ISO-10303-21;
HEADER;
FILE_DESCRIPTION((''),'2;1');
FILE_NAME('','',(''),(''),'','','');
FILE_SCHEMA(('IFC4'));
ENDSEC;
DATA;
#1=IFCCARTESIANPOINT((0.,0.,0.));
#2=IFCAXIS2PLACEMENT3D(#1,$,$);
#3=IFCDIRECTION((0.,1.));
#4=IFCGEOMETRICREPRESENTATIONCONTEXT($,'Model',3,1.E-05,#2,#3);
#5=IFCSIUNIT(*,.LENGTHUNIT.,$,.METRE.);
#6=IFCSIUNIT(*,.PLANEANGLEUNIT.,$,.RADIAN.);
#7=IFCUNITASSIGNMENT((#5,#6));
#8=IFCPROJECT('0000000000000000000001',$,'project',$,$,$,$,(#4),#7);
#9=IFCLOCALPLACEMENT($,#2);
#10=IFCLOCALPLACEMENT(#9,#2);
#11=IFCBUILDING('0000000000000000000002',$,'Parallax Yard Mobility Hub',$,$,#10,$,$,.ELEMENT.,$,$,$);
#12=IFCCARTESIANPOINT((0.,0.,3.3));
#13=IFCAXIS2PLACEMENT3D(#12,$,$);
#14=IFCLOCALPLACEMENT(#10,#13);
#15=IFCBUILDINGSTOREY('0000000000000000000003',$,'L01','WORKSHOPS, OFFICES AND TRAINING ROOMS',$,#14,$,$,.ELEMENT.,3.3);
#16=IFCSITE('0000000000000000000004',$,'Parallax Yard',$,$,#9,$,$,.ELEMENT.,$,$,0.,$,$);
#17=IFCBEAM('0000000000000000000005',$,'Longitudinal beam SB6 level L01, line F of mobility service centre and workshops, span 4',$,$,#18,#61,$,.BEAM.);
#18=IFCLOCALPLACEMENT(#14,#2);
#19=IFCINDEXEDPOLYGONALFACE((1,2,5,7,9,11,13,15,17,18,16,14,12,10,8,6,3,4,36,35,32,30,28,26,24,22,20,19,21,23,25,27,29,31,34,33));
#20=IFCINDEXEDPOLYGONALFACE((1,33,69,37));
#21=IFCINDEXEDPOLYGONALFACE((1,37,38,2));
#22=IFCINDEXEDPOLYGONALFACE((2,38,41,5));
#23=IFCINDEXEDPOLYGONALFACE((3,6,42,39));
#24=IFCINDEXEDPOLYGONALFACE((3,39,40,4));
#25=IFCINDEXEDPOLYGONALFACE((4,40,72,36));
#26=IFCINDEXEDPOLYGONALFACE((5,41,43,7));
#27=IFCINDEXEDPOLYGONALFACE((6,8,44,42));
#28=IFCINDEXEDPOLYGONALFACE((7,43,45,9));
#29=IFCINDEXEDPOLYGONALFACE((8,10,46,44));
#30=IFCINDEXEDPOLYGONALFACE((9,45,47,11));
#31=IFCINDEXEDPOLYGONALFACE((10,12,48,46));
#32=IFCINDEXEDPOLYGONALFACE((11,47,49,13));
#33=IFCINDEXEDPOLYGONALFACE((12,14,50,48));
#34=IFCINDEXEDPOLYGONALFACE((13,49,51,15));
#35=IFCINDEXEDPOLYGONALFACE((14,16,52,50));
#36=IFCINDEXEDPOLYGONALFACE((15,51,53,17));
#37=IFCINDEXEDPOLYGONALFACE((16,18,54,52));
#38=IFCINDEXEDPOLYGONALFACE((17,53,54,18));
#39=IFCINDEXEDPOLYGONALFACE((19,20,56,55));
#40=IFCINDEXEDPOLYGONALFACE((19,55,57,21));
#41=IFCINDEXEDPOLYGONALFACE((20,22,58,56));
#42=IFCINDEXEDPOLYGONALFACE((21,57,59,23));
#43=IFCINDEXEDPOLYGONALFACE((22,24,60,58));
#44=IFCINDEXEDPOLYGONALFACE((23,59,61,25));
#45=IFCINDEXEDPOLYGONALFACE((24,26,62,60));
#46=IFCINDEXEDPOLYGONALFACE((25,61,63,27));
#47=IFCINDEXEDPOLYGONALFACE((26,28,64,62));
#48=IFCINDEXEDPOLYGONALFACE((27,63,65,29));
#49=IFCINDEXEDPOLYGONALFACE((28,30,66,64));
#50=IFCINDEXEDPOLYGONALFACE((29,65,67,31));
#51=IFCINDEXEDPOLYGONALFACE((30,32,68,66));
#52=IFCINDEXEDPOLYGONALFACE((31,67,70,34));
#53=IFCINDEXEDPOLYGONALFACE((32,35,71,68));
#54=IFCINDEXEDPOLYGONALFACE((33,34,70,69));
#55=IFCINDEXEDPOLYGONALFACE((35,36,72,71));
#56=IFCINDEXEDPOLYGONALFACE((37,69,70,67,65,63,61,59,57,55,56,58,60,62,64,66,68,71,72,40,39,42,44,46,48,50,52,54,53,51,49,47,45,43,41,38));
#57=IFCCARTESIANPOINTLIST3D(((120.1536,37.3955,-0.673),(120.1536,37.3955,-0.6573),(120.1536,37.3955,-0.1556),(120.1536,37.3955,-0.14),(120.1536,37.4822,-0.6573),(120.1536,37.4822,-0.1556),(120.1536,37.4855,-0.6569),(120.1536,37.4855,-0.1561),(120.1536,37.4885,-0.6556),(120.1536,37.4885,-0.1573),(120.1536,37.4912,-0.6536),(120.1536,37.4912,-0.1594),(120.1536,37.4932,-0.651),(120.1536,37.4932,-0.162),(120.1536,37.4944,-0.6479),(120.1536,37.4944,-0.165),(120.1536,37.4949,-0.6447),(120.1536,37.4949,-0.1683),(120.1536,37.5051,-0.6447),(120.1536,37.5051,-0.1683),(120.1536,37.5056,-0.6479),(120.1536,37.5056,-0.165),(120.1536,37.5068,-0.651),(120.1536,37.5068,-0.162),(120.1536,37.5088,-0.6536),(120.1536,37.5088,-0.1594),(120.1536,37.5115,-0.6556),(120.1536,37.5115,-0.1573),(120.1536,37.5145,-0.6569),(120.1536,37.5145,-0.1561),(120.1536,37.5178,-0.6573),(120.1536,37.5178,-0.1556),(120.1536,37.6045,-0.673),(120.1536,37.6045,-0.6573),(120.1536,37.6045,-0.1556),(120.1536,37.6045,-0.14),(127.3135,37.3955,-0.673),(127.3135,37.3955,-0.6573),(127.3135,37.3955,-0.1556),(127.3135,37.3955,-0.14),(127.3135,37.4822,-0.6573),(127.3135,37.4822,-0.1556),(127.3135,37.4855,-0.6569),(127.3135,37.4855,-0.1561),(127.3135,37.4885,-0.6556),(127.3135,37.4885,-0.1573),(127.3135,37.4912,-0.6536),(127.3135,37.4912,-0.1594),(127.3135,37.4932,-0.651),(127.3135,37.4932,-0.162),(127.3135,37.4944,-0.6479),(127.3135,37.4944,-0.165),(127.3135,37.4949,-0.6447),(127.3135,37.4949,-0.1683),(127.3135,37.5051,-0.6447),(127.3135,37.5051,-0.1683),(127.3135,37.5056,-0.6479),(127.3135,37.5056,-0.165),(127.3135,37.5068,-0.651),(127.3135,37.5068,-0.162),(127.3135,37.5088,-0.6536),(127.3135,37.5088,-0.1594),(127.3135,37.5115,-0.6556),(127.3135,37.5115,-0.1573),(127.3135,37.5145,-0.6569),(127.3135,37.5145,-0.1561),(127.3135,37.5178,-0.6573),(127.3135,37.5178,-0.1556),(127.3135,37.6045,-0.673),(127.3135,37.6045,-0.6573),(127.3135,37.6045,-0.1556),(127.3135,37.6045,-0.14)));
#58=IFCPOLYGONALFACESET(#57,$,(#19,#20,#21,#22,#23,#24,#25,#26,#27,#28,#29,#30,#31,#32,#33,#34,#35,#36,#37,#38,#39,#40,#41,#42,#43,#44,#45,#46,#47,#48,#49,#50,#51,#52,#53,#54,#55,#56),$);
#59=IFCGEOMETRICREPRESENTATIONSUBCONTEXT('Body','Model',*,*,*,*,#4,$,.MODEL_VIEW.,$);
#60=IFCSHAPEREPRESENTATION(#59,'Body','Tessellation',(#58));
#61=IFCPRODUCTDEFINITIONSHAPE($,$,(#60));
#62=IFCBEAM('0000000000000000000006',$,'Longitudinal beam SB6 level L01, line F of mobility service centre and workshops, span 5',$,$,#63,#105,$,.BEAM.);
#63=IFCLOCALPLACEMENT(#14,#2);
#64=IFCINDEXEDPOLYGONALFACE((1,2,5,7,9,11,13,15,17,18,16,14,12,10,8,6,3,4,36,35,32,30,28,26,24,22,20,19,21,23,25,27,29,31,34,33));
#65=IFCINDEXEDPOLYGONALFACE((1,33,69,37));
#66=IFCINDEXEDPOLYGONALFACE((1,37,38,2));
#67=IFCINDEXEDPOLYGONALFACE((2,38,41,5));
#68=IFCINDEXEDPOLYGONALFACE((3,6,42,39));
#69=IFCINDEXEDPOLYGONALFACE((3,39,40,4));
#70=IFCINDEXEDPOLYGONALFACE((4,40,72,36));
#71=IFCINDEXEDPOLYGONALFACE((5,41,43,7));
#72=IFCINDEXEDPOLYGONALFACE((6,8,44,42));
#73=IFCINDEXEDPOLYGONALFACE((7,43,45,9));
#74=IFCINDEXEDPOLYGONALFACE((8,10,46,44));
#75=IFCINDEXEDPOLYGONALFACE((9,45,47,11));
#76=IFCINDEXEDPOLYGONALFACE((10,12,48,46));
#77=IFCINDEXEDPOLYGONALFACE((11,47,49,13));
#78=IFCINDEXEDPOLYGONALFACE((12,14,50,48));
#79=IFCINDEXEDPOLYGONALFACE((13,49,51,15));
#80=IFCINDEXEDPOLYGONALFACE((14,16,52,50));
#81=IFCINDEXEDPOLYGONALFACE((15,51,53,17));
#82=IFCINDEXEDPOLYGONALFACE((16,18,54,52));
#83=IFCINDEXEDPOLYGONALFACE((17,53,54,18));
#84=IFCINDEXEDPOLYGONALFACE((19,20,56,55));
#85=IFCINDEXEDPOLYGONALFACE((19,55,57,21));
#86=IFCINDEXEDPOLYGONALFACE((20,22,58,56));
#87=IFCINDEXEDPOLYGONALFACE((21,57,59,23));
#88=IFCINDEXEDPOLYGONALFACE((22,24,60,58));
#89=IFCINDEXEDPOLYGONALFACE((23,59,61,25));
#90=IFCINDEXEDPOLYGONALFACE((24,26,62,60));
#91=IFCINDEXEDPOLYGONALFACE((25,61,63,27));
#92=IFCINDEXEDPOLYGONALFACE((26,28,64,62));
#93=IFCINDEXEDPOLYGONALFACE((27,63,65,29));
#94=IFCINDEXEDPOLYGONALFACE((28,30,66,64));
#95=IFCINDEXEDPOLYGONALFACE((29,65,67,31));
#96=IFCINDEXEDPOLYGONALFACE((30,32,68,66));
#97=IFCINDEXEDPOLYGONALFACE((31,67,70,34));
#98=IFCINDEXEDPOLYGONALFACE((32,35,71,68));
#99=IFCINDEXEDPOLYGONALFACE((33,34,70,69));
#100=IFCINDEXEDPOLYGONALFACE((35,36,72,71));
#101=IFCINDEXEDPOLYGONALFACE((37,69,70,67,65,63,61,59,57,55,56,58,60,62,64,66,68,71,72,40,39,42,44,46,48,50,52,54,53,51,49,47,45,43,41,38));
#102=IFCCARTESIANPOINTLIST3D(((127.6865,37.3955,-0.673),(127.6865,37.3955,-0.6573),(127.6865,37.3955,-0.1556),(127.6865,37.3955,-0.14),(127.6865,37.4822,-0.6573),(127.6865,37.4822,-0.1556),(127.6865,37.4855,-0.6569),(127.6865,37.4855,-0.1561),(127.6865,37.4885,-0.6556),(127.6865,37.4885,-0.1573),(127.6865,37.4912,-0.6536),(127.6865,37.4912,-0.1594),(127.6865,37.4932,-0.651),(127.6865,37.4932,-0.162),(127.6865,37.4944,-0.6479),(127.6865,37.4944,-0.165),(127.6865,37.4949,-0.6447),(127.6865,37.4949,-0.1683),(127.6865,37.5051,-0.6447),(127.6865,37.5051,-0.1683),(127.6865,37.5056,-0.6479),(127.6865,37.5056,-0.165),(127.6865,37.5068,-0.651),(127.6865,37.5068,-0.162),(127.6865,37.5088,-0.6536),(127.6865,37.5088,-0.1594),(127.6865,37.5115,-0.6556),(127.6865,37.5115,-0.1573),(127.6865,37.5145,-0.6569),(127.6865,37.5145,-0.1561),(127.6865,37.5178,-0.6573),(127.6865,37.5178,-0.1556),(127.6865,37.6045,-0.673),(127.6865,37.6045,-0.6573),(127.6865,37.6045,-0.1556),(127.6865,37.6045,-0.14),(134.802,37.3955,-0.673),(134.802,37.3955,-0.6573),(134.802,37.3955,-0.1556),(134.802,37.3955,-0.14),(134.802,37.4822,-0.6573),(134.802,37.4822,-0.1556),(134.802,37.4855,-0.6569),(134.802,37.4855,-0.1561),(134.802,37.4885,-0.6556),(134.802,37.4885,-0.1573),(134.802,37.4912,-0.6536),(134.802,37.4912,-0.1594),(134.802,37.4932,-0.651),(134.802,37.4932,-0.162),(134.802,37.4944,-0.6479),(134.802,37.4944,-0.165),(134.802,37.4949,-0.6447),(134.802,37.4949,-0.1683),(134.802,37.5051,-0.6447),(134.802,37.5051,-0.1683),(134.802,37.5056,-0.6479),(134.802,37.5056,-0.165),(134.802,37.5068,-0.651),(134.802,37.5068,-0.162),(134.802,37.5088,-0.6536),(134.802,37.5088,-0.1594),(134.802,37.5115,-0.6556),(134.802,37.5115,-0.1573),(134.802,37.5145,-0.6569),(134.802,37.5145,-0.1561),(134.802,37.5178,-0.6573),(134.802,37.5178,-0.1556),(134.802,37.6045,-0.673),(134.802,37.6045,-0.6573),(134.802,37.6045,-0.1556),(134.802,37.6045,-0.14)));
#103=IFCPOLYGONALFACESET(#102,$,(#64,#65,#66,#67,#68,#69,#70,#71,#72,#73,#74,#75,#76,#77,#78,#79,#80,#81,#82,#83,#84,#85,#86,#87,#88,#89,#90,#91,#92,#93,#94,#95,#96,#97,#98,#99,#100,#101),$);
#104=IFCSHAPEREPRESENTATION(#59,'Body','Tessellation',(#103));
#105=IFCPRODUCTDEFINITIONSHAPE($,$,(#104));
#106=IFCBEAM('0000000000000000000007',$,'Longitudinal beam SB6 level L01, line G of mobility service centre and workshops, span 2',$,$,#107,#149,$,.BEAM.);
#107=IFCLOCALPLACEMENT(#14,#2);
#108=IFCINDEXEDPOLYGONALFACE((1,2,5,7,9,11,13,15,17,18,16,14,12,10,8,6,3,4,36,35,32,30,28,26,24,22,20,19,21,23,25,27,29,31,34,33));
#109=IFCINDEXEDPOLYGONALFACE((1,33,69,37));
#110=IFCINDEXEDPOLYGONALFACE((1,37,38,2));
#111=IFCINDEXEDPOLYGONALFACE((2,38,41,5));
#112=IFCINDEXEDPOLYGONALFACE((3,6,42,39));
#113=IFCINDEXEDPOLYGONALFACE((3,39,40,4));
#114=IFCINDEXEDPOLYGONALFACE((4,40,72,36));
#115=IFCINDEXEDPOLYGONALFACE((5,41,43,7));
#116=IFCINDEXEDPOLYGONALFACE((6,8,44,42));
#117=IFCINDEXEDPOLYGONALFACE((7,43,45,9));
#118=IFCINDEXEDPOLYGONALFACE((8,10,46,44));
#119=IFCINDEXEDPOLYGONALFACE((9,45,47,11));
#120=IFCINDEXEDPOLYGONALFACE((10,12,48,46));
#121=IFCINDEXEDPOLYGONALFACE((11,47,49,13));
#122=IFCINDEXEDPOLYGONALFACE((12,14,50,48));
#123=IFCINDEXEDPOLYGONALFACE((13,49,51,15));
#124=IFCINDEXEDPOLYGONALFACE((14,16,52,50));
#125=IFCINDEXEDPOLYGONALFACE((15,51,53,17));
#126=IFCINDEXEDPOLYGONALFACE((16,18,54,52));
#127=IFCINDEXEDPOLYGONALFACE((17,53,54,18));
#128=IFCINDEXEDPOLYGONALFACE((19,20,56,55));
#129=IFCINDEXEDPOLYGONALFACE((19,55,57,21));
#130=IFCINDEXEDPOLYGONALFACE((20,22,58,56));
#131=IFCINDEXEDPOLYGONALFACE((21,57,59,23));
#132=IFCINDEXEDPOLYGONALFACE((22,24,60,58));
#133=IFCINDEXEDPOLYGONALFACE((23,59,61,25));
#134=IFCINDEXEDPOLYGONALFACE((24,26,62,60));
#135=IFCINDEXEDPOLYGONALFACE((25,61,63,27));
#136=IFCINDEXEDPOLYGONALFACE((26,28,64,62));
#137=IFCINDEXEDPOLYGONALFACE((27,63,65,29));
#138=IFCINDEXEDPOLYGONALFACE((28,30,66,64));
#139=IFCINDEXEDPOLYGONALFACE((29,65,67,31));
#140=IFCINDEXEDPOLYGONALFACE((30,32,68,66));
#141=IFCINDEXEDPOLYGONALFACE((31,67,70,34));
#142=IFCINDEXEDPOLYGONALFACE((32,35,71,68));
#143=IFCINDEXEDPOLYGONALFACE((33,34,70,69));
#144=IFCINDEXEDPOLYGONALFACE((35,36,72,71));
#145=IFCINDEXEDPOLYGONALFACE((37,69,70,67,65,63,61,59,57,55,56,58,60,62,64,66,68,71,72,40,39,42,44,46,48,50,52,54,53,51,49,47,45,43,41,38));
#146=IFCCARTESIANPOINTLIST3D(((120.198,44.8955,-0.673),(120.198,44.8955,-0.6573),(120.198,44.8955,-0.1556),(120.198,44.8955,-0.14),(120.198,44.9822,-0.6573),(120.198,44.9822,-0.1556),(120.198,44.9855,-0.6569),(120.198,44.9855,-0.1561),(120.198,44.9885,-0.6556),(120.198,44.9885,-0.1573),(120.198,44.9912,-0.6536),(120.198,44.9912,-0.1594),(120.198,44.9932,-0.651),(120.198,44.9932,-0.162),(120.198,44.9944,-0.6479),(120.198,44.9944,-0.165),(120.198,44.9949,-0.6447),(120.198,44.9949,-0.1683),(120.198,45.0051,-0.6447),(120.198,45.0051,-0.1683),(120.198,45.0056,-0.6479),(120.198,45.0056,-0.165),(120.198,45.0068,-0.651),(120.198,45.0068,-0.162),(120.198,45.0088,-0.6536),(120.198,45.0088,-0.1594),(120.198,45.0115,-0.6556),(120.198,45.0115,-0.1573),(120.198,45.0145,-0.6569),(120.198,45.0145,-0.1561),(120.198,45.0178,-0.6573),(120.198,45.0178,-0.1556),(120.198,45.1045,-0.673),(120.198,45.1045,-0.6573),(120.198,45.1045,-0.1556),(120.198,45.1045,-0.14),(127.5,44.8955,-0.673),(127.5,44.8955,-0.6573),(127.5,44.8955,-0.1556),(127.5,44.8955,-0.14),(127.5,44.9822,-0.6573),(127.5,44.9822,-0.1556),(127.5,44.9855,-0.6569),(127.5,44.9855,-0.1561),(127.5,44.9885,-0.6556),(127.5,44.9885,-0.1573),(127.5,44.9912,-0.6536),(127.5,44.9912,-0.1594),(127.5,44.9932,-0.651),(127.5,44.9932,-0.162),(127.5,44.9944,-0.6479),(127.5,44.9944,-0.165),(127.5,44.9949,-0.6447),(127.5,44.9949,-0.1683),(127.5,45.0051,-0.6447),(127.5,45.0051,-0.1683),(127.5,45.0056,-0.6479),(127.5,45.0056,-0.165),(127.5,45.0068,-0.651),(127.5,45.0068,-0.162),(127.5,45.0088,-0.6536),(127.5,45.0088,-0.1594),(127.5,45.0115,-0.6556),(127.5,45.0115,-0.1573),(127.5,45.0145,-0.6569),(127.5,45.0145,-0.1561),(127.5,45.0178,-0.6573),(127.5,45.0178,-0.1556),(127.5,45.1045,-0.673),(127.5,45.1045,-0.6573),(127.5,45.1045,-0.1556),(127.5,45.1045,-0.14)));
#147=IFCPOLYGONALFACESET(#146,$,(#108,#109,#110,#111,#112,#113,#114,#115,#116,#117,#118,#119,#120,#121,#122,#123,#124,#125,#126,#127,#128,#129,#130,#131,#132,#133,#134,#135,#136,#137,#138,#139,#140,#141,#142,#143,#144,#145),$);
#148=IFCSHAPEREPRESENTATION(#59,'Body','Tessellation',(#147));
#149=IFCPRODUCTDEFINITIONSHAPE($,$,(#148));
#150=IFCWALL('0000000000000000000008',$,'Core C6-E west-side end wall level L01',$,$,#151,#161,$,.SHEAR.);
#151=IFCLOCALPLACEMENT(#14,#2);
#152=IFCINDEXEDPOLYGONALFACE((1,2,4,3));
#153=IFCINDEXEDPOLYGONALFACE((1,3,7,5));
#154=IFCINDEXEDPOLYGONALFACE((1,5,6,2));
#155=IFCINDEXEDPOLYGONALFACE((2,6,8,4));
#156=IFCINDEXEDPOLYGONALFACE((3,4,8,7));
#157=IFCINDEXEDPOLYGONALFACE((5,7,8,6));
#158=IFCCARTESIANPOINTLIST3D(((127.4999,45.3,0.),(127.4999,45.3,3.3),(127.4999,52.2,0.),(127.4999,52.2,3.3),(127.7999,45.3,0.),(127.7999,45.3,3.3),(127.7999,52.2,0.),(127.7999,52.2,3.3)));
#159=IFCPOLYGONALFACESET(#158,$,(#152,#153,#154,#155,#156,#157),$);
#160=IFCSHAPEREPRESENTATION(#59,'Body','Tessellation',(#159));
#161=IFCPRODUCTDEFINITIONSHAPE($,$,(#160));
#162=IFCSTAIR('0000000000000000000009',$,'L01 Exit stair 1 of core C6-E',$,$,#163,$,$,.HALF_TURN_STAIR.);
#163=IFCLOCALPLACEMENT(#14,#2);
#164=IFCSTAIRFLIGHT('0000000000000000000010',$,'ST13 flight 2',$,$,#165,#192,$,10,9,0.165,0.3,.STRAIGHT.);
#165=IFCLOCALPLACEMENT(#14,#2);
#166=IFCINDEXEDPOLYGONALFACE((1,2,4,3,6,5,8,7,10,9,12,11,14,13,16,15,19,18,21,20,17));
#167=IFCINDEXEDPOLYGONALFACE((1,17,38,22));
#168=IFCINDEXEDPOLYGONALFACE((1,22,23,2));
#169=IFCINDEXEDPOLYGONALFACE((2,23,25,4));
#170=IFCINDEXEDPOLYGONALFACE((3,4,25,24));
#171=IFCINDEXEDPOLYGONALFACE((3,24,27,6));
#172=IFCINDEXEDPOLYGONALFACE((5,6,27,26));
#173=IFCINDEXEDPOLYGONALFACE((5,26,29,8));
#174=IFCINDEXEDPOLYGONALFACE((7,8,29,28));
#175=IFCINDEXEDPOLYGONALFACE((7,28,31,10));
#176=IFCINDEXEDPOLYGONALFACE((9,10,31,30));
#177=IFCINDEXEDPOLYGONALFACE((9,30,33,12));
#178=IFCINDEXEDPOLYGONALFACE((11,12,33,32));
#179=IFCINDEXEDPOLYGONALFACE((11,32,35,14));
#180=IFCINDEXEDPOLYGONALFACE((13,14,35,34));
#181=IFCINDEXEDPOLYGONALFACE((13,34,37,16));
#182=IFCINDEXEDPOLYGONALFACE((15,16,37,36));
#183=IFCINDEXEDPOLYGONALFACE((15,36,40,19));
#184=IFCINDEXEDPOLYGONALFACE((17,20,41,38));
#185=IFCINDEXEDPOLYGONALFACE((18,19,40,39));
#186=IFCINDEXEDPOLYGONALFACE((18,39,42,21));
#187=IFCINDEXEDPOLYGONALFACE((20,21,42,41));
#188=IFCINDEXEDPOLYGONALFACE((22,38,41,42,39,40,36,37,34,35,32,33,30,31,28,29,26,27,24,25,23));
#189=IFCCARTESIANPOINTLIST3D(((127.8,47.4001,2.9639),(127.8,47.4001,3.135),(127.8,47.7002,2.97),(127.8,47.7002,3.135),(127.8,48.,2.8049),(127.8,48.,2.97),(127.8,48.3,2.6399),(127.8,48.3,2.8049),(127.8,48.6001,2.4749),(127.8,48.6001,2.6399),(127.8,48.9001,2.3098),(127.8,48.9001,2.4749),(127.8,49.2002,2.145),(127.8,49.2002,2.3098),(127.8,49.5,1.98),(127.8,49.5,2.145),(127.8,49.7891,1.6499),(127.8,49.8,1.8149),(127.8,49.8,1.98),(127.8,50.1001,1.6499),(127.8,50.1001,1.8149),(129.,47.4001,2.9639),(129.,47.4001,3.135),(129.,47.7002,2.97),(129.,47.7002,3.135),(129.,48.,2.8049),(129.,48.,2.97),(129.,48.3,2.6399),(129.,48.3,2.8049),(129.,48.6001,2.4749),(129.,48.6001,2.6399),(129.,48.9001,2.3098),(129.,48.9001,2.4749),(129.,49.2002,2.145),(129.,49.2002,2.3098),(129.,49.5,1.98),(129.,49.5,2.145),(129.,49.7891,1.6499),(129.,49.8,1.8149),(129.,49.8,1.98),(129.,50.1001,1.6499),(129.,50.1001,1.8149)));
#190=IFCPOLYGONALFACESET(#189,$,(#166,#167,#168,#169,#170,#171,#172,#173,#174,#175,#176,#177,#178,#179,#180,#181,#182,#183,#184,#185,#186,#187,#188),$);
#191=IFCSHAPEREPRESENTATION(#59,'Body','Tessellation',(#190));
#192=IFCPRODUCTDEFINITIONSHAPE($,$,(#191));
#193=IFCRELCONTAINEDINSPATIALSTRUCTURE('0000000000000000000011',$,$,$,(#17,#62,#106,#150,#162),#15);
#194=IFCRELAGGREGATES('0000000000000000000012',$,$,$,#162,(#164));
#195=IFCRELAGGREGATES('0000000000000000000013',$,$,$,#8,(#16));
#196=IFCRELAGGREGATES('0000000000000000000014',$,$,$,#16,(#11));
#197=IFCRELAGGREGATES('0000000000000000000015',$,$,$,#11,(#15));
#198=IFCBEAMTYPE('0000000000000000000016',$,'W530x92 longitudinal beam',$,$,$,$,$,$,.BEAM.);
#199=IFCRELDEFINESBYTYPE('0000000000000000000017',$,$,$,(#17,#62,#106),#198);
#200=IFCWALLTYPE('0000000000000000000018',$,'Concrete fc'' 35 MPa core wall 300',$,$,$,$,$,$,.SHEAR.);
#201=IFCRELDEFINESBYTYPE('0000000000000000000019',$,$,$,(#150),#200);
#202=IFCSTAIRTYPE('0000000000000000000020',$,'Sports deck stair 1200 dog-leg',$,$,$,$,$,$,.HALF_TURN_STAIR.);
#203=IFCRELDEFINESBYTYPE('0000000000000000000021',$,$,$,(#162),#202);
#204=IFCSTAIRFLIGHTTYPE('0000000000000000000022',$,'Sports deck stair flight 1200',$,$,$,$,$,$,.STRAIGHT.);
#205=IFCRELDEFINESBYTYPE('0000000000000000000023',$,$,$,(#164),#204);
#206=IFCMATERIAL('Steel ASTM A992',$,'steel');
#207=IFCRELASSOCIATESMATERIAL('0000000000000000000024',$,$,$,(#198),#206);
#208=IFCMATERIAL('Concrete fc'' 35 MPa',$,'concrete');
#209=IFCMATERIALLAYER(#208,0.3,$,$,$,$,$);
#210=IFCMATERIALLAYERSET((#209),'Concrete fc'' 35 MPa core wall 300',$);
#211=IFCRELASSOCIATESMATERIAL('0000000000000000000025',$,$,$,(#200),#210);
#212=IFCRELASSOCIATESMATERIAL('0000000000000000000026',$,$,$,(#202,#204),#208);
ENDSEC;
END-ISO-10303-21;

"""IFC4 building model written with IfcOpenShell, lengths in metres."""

from ifc_helpers import new_model, si_unit, direction, frame, frame_2d, origin, origin_2d, place, context, subcontext, project, spatial, polyline, rectangle, i_section, outline, extrude, material, layer, layer_set, material_profile, profile_set, type_object, element, aggregate, save


model = new_model("IFC4")

# Units and contexts
model_context = context("Model", 3, precision=1e-05, world=origin(), true_north=direction((0.0, 1.0)))
body_context = subcontext(model_context, "Body", "Model", "MODEL_VIEW")
ifc_project = project(units=[si_unit("LENGTHUNIT", "METRE"), si_unit("PLANEANGLEUNIT", "RADIAN")], contexts=[model_context])

# Site, building, storey
site_placement = place(None, origin())
site = spatial("IfcSite", under=ifc_project, at=site_placement, Name="Parallax Yard", CompositionType="ELEMENT", RefElevation=0.0)
building_placement = place(site_placement, origin())
building = spatial("IfcBuilding", under=site, at=building_placement, Name="Parallax Yard Mobility Hub", CompositionType="ELEMENT")
storey_placement = place(building_placement, frame((0.0, 0.0, 3.3)))
storey = spatial("IfcBuildingStorey", under=building, at=storey_placement, Name="L01", Description="WORKSHOPS, OFFICES AND TRAINING ROOMS", CompositionType="ELEMENT", Elevation=3.3)

# Shared definitions
ifc_material_1 = material(Name="Steel ASTM A992", Category="steel")

# Beams
ifc_material_profile_1 = material_profile(ifc_material_1, i_section(OverallWidth=0.209, OverallDepth=0.533, WebThickness=0.0103, FlangeThickness=0.0156, FilletRadius=0.0127, at=origin_2d()), Name="W530x92")
ifc_profile_set_1 = profile_set([ifc_material_profile_1], Name="Steel ASTM A992")
beam_type_1 = type_object("IfcBeamType", Name="W530x92 longitudinal beam", PredefinedType="BEAM", material=ifc_profile_set_1)
beam_1_placement = place(storey_placement, frame((120.1536, 37.5, -0.4065), z_axis=(1.0, 0.0, 0.0), x_axis=(0.0, 1.0, 0.0)))
element("IfcBeam", 1, at=beam_1_placement, inside=storey, type_object=beam_type_1, Name="Longitudinal beam SB6 level L01, line F of mobility service centre and workshops, span 4", PredefinedType="BEAM", context=body_context, shape_type="SweptSolid", body=[
    extrude(i_section(OverallWidth=0.209, OverallDepth=0.533, WebThickness=0.0103, FlangeThickness=0.0156, FilletRadius=0.0127, at=origin_2d()), origin(), (0.0, 0.0, 1.0), 7.1599),
])
beam_2_placement = place(storey_placement, frame((127.6865, 37.5, -0.4065), z_axis=(1.0, 0.0, 0.0), x_axis=(0.0, 1.0, 0.0)))
element("IfcBeam", 2, at=beam_2_placement, inside=storey, type_object=beam_type_1, Name="Longitudinal beam SB6 level L01, line F of mobility service centre and workshops, span 5", PredefinedType="BEAM", context=body_context, shape_type="SweptSolid", body=[
    extrude(i_section(OverallWidth=0.209, OverallDepth=0.533, WebThickness=0.0103, FlangeThickness=0.0156, FilletRadius=0.0127, at=origin_2d()), origin(), (0.0, 0.0, 1.0), 7.1155),
])
beam_3_placement = place(storey_placement, frame((120.198, 45.0, -0.4065), z_axis=(1.0, 0.0, 0.0), x_axis=(0.0, 1.0, 0.0)))
element("IfcBeam", 3, at=beam_3_placement, inside=storey, type_object=beam_type_1, Name="Longitudinal beam SB6 level L01, line G of mobility service centre and workshops, span 2", PredefinedType="BEAM", context=body_context, shape_type="SweptSolid", body=[
    extrude(i_section(OverallWidth=0.209, OverallDepth=0.533, WebThickness=0.0103, FlangeThickness=0.0156, FilletRadius=0.0127, at=origin_2d()), origin(), (0.0, 0.0, 1.0), 7.302),
])

# Wall
ifc_material_2 = material(Name="Concrete fc' 35 MPa", Category="concrete")
ifc_layer = layer(ifc_material_2, 0.3)
ifc_layer_set = layer_set([ifc_layer], Name="Concrete fc' 35 MPa core wall 300")
wall_type = type_object("IfcWallType", Name="Concrete fc' 35 MPa core wall 300", PredefinedType="SHEAR", material=ifc_layer_set)
wall_placement = place(storey_placement, frame((127.6499, 45.3, 0.0), z_axis=(0.0, 0.0, 1.0), x_axis=(0.0, 1.0, 0.0)))
element("IfcWall", 4, at=wall_placement, inside=storey, type_object=wall_type, Name="Core C6-E west-side end wall level L01", PredefinedType="SHEAR", context=body_context, shape_type="SweptSolid", body=[
    extrude(rectangle(XDim=6.8999, YDim=0.3, at=frame_2d((3.45, 0.0))), origin(), (0.0, 0.0, 1.0), 3.3),
])

# Stair, stair flight
stair_type = type_object("IfcStairType", Name="Sports deck stair 1200 dog-leg", PredefinedType="HALF_TURN_STAIR", material=ifc_material_2)
stair_placement = place(storey_placement, origin())
stair = element("IfcStair", 5, at=stair_placement, inside=storey, type_object=stair_type, Name="L01 Exit stair 1 of core C6-E", PredefinedType="HALF_TURN_STAIR")
stair_flight_type = type_object("IfcStairFlightType", Name="Sports deck stair flight 1200", PredefinedType="STRAIGHT", material=ifc_material_2)
stair_flight_placement = place(storey_placement, frame((128.3999, 50.1001, 1.6499), z_axis=(0.0, 0.0, 1.0), x_axis=(0.0, -1.0, 0.0)))
stair_flight = element("IfcStairFlight", 6, at=stair_flight_placement, type_object=stair_flight_type, Name="ST13 flight 2", NumberOfRisers=10, NumberOfTreads=9, PredefinedType="STRAIGHT", RiserHeight=0.165, TreadLength=0.3, context=body_context, shape_type="SweptSolid", body=[
    extrude(outline(polyline([(0.0, 0.0), (0.0, 0.165), (0.3, 0.165), (0.3, 0.3301), (0.6001, 0.3301), (0.6001, 0.4951), (0.8999, 0.4951), (0.8999, 0.6599), (1.2, 0.6599), (1.2, 0.825), (1.5, 0.825), (1.5, 0.99), (1.8, 0.99), (1.8, 1.155), (2.1001, 1.155), (2.1001, 1.3201), (2.3999, 1.3201), (2.3999, 1.4851), (2.7, 1.4851), (2.7, 1.6499), (2.7, 1.314), (0.311, 0.0), (0.0, 0.0)])), frame((0.0, 0.6001, 0.0), z_axis=(0.0, -1.0, 0.0), x_axis=(1.0, 0.0, 0.0)), (0.0, 0.0, 1.0), 1.2),
])
aggregate(stair, [stair_flight])

save(model, "model.ifc")
